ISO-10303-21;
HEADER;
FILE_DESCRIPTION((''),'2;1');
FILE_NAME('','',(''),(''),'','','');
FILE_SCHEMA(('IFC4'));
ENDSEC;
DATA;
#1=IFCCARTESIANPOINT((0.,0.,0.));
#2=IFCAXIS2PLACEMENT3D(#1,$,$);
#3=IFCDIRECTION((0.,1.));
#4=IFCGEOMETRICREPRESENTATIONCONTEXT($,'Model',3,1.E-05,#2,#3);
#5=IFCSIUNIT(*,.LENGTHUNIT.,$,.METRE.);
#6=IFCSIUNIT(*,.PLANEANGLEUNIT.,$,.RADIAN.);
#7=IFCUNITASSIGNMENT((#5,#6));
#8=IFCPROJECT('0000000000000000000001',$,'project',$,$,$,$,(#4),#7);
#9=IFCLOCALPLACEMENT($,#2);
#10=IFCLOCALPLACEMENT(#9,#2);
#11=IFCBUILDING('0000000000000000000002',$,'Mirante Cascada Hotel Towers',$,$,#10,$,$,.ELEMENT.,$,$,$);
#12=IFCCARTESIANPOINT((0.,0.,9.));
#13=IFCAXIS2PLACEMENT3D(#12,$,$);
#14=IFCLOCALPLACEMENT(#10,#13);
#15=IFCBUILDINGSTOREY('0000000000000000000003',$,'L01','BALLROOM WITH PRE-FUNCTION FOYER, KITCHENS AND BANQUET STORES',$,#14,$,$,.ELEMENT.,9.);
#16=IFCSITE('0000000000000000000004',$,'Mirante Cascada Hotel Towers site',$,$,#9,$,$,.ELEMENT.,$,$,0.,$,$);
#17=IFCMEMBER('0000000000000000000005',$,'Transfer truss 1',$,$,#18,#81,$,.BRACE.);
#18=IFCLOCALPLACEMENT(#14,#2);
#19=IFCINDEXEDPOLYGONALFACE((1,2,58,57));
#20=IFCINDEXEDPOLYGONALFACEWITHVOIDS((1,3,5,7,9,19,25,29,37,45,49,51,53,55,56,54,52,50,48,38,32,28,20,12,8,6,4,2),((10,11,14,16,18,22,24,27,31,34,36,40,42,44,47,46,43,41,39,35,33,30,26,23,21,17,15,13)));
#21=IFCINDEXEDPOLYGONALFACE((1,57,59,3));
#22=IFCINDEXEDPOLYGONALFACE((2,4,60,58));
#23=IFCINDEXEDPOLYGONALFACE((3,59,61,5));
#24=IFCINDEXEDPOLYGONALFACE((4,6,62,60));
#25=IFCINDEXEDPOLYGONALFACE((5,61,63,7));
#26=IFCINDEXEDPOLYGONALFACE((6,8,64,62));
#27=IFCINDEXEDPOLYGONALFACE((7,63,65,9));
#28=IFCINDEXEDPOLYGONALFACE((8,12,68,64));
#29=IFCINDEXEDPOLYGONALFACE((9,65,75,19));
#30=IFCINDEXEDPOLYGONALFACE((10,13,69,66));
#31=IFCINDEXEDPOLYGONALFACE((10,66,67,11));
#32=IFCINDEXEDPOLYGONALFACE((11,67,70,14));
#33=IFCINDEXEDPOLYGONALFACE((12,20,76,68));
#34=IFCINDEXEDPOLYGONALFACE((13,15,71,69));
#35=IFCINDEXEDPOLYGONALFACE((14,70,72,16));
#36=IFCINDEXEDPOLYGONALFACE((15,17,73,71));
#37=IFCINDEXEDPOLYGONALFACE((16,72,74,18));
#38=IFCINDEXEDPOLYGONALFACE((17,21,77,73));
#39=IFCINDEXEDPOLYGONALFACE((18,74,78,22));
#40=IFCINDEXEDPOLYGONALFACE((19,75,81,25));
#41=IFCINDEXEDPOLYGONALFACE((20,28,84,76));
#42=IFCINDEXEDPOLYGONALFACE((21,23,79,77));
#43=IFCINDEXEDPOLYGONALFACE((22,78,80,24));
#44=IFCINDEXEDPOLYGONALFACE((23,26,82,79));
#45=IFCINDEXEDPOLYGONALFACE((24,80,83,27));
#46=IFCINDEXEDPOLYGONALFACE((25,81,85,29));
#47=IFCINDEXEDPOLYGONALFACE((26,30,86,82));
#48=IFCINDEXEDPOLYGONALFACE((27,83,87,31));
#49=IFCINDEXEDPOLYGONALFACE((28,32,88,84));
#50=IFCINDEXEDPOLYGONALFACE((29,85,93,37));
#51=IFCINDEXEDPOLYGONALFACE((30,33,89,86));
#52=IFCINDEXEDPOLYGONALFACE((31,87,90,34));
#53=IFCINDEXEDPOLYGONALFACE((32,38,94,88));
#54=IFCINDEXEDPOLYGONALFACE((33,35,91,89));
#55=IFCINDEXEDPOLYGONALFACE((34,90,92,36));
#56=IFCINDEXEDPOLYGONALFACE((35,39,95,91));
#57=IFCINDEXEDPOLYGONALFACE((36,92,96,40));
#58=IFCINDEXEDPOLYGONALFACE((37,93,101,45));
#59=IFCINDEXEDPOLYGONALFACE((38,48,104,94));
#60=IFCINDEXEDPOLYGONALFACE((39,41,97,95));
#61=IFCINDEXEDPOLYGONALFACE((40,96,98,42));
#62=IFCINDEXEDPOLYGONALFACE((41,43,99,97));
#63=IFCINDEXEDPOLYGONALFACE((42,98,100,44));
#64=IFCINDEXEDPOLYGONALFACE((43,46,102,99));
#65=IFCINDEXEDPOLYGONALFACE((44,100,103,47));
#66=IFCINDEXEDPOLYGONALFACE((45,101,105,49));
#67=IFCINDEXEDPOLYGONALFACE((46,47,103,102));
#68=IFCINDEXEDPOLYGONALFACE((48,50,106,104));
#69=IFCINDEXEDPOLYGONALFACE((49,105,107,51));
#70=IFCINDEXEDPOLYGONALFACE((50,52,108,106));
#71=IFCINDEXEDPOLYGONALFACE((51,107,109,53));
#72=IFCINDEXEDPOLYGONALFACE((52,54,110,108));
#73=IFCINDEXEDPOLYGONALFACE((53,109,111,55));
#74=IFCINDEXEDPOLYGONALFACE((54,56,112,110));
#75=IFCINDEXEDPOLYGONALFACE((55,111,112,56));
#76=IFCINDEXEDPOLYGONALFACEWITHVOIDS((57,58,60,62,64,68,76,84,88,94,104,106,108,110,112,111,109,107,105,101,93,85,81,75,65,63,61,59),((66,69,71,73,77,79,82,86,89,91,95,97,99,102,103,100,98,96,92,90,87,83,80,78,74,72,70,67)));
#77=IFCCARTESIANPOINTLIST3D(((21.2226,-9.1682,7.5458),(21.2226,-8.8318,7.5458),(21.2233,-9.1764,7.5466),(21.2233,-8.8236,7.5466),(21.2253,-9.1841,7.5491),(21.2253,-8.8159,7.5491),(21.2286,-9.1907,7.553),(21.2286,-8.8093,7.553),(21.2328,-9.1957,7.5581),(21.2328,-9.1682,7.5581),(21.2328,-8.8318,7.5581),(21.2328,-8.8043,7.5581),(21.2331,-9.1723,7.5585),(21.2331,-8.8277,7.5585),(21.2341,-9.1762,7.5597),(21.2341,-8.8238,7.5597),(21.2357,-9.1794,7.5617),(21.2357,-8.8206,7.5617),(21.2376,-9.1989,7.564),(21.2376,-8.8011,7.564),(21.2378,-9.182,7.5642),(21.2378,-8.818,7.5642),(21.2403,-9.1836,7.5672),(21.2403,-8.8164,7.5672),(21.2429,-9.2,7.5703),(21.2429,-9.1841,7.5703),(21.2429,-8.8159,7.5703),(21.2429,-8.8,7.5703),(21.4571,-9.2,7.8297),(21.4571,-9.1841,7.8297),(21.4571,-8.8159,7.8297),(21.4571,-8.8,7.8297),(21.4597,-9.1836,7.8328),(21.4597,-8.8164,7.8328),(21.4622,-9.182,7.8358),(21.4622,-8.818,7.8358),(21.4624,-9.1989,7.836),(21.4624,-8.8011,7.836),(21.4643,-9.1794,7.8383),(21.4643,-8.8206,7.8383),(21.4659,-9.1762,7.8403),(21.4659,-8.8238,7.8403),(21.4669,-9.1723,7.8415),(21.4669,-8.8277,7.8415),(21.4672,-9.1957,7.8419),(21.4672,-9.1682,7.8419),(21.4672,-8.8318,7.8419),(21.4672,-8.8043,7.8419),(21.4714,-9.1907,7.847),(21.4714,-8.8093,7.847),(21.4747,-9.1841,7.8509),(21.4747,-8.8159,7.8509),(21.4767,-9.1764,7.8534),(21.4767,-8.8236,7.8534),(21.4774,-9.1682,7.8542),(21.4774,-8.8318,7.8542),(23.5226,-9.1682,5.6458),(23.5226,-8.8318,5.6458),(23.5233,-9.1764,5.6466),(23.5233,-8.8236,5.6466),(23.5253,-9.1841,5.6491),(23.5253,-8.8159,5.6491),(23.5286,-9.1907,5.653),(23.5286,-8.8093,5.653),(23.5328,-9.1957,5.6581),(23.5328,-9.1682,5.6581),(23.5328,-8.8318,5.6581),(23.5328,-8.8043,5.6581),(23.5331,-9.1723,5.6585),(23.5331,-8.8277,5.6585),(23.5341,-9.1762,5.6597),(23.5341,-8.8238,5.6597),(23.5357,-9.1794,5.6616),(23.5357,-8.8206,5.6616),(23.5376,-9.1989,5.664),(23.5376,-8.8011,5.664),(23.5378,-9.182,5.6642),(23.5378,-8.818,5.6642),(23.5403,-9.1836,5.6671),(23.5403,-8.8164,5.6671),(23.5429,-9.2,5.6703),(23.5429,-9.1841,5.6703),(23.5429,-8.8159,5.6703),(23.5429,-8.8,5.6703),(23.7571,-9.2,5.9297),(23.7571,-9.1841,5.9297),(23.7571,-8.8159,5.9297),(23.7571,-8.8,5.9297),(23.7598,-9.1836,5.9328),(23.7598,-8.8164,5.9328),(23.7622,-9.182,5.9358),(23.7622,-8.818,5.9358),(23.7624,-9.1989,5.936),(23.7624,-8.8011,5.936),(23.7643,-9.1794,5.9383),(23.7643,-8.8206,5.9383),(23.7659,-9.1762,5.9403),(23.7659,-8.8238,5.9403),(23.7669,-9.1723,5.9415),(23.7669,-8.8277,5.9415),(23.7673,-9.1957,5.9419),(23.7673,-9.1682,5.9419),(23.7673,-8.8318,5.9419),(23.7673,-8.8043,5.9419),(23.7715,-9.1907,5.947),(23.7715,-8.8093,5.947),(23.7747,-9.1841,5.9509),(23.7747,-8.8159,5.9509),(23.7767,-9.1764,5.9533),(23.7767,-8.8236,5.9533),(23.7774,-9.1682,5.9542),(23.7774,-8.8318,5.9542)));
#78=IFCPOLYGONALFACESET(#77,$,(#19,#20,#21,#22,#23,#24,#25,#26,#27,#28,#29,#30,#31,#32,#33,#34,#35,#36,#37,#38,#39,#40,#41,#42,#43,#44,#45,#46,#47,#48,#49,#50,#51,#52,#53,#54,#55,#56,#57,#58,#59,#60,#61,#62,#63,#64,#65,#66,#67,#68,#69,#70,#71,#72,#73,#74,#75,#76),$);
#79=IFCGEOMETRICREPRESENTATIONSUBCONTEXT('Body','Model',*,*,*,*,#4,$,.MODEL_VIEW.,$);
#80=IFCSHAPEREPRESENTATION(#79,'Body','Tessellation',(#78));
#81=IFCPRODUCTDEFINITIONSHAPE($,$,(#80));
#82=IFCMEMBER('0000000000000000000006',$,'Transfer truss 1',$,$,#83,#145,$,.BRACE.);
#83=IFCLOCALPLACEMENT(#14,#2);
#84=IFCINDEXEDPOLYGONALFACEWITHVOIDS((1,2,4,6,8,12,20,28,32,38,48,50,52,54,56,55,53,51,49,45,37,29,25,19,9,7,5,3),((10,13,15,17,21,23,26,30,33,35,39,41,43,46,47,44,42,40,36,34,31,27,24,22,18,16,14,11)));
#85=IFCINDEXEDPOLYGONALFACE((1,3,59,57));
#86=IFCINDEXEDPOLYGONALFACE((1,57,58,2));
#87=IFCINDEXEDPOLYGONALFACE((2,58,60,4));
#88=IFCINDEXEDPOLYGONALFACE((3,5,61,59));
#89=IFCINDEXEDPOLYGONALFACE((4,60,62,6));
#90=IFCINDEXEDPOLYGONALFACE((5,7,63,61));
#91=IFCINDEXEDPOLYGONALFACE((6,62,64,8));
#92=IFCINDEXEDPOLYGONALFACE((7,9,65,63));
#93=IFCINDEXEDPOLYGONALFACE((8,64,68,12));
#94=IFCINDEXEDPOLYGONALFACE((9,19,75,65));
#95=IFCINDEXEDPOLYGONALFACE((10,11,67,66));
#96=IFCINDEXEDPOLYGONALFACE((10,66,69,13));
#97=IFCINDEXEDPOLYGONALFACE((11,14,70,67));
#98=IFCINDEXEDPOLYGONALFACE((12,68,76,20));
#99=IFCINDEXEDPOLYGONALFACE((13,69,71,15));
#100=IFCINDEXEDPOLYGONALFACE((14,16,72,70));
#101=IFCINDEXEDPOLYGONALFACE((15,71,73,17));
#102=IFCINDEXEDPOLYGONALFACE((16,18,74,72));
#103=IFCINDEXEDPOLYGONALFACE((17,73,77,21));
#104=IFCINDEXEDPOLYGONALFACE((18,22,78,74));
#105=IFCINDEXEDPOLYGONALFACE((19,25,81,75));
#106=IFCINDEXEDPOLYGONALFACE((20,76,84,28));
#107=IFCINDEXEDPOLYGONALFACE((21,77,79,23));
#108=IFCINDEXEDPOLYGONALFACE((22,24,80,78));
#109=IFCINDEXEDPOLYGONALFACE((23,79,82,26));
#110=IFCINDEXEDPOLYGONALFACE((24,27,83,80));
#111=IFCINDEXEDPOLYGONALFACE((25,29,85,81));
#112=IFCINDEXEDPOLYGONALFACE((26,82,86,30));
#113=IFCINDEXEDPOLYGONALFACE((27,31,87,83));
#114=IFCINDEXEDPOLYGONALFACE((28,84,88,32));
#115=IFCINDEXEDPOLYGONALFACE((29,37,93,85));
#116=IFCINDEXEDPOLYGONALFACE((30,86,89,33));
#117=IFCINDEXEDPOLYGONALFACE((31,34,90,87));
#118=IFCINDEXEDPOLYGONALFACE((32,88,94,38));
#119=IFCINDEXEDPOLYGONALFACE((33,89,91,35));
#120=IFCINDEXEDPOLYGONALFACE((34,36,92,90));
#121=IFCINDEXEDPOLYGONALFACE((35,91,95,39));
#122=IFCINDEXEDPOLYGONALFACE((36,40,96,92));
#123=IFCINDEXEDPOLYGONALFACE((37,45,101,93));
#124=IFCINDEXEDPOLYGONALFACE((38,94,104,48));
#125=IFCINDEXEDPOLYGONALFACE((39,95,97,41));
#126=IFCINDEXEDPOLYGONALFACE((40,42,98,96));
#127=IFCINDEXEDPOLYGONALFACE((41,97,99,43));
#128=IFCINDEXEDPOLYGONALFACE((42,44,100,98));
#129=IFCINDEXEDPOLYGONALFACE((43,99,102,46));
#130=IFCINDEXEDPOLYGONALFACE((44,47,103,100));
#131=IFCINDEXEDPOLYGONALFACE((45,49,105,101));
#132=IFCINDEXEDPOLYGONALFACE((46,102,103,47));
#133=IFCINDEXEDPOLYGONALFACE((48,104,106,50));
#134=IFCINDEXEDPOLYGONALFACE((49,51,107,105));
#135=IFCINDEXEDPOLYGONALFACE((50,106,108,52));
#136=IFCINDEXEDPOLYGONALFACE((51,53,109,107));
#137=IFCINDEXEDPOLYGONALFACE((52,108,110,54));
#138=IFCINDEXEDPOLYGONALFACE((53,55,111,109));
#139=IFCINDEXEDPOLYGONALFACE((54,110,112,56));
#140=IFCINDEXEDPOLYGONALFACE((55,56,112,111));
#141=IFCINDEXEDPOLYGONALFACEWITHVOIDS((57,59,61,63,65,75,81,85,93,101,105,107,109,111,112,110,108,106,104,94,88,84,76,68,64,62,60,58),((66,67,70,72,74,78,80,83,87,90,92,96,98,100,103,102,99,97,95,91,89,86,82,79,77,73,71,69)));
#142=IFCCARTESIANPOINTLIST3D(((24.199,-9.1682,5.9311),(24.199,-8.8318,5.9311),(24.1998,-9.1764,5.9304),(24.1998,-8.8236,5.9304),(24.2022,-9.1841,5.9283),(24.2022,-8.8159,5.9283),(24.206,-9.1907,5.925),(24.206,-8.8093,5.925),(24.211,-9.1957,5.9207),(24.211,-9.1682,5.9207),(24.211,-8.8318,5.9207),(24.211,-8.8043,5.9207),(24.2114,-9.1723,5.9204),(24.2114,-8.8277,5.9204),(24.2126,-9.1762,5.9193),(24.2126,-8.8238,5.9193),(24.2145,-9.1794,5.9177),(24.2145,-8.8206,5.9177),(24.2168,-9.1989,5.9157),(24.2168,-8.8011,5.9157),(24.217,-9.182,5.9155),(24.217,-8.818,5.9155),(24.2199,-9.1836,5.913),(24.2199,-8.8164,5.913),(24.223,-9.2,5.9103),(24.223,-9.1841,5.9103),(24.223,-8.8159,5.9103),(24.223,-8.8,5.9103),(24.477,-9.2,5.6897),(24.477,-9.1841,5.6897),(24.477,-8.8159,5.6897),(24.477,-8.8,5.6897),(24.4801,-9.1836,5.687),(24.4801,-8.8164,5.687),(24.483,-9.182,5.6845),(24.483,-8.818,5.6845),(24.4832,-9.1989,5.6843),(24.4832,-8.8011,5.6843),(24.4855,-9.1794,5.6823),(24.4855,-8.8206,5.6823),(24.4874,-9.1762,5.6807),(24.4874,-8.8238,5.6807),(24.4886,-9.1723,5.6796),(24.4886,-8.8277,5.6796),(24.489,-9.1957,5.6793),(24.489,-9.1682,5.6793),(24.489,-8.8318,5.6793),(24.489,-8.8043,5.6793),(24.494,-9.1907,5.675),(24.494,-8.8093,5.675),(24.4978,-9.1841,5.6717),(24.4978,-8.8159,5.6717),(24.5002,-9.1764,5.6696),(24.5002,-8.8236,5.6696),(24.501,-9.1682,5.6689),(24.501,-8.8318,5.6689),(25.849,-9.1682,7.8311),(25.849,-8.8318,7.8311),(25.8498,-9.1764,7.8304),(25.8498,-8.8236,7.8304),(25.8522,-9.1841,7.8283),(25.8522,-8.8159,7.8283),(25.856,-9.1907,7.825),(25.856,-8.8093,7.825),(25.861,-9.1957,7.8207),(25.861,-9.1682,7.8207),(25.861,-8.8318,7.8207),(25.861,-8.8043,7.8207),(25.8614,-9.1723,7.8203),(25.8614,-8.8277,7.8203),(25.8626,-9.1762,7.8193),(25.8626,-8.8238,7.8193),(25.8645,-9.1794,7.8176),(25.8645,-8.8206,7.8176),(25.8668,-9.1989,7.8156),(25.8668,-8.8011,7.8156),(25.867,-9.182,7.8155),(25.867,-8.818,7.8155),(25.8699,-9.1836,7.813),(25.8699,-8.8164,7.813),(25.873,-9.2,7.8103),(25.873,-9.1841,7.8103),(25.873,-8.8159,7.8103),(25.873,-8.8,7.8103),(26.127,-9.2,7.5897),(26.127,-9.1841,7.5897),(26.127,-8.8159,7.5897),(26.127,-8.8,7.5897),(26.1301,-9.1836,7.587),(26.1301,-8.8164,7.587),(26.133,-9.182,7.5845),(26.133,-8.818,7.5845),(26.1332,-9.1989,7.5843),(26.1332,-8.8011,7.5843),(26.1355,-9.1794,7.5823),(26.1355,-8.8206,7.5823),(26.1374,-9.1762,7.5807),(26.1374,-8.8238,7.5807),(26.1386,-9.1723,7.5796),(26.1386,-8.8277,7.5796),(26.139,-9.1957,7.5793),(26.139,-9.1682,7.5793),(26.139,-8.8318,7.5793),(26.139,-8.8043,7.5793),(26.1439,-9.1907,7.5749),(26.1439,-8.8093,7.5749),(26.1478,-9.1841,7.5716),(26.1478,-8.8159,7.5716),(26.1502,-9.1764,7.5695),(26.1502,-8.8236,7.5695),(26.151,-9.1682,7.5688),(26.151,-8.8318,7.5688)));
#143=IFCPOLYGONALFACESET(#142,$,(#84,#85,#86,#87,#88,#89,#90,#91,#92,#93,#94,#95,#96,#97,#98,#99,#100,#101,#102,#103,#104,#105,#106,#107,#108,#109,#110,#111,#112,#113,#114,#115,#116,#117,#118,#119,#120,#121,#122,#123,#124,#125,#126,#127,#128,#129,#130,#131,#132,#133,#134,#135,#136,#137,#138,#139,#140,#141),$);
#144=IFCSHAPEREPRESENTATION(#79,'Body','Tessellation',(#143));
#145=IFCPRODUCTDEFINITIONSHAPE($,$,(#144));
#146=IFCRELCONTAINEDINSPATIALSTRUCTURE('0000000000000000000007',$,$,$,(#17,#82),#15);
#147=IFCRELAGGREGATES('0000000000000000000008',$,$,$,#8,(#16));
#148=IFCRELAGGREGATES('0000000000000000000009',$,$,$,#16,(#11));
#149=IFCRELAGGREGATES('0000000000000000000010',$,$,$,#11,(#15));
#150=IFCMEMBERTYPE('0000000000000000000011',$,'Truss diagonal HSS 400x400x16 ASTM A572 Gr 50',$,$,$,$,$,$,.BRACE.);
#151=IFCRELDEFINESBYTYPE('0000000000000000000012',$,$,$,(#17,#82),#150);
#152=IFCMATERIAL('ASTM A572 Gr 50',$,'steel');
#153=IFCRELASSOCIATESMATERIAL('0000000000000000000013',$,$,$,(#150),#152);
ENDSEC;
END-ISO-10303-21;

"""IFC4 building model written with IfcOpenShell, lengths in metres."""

from ifc_helpers import new_model, si_unit, direction, frame, origin, origin_2d, place, context, subcontext, project, spatial, hollow_rectangle, extrude, material, material_profile, profile_set, type_object, element, save


model = new_model("IFC4")

# Units and contexts
model_context = context("Model", 3, precision=1e-05, world=origin(), true_north=direction((0.0, 1.0)))
body_context = subcontext(model_context, "Body", "Model", "MODEL_VIEW")
ifc_project = project(units=[si_unit("LENGTHUNIT", "METRE"), si_unit("PLANEANGLEUNIT", "RADIAN")], contexts=[model_context])

# Site, building, storey
site_placement = place(None, origin())
site = spatial("IfcSite", under=ifc_project, at=site_placement, Name="Mirante Cascada Hotel Towers site", CompositionType="ELEMENT", RefElevation=0.0)
building_placement = place(site_placement, origin())
building = spatial("IfcBuilding", under=site, at=building_placement, Name="Mirante Cascada Hotel Towers", CompositionType="ELEMENT")
storey_placement = place(building_placement, frame((0.0, 0.0, 9.0)))
storey = spatial("IfcBuildingStorey", under=building, at=storey_placement, Name="L01", Description="BALLROOM WITH PRE-FUNCTION FOYER, KITCHENS AND BANQUET STORES", CompositionType="ELEMENT", Elevation=9.0)

# Members
ifc_material_1 = material(Name="ASTM A572 Gr 50", Category="steel")
ifc_material_profile_1 = material_profile(ifc_material_1, hollow_rectangle(XDim=0.4, YDim=0.4, WallThickness=0.0159, InnerFilletRadius=0.0159, OuterFilletRadius=0.0318, at=origin_2d()), Name="HSS 400x400x16")
ifc_profile_set_1 = profile_set([ifc_material_profile_1], Name="ASTM A572 Gr 50")
member_type_1 = type_object("IfcMemberType", Name="Truss diagonal HSS 400x400x16 ASTM A572 Gr 50", PredefinedType="BRACE", material=ifc_profile_set_1)
for number, where, z_axis, x_axis, name in (
    (1, (21.35, -9.0, 7.7), (0.770962, 0.0, -0.636881), (0.0, 1.0, 0.0), "Transfer truss 1"),
):
    element("IfcMember", number, at=place(storey_placement, frame(where, z_axis=z_axis, x_axis=x_axis)), inside=storey, type_object=member_type_1, Name=name, PredefinedType="BRACE", context=body_context, shape_type="SweptSolid", body=[
        extrude(hollow_rectangle(XDim=0.4, YDim=0.4, WallThickness=0.0159, InnerFilletRadius=0.0159, OuterFilletRadius=0.0318, at=origin_2d()), origin(), (0.0, 0.0, 1.0), 2.9833),
    ])
member_1_placement = place(storey_placement, frame((24.35, -9.0, 5.8), z_axis=(0.655687, 0.0, 0.755033), x_axis=(0.0, 1.0, 0.0)))
element("IfcMember", 2, at=member_1_placement, inside=storey, type_object=member_type_1, Name="Transfer truss 1", PredefinedType="BRACE", context=body_context, shape_type="SweptSolid", body=[
    extrude(hollow_rectangle(XDim=0.4, YDim=0.4, WallThickness=0.0159, InnerFilletRadius=0.0159, OuterFilletRadius=0.0318, at=origin_2d()), origin(), (0.0, 0.0, 1.0), 2.5164),
])

save(model, "model.ifc")
